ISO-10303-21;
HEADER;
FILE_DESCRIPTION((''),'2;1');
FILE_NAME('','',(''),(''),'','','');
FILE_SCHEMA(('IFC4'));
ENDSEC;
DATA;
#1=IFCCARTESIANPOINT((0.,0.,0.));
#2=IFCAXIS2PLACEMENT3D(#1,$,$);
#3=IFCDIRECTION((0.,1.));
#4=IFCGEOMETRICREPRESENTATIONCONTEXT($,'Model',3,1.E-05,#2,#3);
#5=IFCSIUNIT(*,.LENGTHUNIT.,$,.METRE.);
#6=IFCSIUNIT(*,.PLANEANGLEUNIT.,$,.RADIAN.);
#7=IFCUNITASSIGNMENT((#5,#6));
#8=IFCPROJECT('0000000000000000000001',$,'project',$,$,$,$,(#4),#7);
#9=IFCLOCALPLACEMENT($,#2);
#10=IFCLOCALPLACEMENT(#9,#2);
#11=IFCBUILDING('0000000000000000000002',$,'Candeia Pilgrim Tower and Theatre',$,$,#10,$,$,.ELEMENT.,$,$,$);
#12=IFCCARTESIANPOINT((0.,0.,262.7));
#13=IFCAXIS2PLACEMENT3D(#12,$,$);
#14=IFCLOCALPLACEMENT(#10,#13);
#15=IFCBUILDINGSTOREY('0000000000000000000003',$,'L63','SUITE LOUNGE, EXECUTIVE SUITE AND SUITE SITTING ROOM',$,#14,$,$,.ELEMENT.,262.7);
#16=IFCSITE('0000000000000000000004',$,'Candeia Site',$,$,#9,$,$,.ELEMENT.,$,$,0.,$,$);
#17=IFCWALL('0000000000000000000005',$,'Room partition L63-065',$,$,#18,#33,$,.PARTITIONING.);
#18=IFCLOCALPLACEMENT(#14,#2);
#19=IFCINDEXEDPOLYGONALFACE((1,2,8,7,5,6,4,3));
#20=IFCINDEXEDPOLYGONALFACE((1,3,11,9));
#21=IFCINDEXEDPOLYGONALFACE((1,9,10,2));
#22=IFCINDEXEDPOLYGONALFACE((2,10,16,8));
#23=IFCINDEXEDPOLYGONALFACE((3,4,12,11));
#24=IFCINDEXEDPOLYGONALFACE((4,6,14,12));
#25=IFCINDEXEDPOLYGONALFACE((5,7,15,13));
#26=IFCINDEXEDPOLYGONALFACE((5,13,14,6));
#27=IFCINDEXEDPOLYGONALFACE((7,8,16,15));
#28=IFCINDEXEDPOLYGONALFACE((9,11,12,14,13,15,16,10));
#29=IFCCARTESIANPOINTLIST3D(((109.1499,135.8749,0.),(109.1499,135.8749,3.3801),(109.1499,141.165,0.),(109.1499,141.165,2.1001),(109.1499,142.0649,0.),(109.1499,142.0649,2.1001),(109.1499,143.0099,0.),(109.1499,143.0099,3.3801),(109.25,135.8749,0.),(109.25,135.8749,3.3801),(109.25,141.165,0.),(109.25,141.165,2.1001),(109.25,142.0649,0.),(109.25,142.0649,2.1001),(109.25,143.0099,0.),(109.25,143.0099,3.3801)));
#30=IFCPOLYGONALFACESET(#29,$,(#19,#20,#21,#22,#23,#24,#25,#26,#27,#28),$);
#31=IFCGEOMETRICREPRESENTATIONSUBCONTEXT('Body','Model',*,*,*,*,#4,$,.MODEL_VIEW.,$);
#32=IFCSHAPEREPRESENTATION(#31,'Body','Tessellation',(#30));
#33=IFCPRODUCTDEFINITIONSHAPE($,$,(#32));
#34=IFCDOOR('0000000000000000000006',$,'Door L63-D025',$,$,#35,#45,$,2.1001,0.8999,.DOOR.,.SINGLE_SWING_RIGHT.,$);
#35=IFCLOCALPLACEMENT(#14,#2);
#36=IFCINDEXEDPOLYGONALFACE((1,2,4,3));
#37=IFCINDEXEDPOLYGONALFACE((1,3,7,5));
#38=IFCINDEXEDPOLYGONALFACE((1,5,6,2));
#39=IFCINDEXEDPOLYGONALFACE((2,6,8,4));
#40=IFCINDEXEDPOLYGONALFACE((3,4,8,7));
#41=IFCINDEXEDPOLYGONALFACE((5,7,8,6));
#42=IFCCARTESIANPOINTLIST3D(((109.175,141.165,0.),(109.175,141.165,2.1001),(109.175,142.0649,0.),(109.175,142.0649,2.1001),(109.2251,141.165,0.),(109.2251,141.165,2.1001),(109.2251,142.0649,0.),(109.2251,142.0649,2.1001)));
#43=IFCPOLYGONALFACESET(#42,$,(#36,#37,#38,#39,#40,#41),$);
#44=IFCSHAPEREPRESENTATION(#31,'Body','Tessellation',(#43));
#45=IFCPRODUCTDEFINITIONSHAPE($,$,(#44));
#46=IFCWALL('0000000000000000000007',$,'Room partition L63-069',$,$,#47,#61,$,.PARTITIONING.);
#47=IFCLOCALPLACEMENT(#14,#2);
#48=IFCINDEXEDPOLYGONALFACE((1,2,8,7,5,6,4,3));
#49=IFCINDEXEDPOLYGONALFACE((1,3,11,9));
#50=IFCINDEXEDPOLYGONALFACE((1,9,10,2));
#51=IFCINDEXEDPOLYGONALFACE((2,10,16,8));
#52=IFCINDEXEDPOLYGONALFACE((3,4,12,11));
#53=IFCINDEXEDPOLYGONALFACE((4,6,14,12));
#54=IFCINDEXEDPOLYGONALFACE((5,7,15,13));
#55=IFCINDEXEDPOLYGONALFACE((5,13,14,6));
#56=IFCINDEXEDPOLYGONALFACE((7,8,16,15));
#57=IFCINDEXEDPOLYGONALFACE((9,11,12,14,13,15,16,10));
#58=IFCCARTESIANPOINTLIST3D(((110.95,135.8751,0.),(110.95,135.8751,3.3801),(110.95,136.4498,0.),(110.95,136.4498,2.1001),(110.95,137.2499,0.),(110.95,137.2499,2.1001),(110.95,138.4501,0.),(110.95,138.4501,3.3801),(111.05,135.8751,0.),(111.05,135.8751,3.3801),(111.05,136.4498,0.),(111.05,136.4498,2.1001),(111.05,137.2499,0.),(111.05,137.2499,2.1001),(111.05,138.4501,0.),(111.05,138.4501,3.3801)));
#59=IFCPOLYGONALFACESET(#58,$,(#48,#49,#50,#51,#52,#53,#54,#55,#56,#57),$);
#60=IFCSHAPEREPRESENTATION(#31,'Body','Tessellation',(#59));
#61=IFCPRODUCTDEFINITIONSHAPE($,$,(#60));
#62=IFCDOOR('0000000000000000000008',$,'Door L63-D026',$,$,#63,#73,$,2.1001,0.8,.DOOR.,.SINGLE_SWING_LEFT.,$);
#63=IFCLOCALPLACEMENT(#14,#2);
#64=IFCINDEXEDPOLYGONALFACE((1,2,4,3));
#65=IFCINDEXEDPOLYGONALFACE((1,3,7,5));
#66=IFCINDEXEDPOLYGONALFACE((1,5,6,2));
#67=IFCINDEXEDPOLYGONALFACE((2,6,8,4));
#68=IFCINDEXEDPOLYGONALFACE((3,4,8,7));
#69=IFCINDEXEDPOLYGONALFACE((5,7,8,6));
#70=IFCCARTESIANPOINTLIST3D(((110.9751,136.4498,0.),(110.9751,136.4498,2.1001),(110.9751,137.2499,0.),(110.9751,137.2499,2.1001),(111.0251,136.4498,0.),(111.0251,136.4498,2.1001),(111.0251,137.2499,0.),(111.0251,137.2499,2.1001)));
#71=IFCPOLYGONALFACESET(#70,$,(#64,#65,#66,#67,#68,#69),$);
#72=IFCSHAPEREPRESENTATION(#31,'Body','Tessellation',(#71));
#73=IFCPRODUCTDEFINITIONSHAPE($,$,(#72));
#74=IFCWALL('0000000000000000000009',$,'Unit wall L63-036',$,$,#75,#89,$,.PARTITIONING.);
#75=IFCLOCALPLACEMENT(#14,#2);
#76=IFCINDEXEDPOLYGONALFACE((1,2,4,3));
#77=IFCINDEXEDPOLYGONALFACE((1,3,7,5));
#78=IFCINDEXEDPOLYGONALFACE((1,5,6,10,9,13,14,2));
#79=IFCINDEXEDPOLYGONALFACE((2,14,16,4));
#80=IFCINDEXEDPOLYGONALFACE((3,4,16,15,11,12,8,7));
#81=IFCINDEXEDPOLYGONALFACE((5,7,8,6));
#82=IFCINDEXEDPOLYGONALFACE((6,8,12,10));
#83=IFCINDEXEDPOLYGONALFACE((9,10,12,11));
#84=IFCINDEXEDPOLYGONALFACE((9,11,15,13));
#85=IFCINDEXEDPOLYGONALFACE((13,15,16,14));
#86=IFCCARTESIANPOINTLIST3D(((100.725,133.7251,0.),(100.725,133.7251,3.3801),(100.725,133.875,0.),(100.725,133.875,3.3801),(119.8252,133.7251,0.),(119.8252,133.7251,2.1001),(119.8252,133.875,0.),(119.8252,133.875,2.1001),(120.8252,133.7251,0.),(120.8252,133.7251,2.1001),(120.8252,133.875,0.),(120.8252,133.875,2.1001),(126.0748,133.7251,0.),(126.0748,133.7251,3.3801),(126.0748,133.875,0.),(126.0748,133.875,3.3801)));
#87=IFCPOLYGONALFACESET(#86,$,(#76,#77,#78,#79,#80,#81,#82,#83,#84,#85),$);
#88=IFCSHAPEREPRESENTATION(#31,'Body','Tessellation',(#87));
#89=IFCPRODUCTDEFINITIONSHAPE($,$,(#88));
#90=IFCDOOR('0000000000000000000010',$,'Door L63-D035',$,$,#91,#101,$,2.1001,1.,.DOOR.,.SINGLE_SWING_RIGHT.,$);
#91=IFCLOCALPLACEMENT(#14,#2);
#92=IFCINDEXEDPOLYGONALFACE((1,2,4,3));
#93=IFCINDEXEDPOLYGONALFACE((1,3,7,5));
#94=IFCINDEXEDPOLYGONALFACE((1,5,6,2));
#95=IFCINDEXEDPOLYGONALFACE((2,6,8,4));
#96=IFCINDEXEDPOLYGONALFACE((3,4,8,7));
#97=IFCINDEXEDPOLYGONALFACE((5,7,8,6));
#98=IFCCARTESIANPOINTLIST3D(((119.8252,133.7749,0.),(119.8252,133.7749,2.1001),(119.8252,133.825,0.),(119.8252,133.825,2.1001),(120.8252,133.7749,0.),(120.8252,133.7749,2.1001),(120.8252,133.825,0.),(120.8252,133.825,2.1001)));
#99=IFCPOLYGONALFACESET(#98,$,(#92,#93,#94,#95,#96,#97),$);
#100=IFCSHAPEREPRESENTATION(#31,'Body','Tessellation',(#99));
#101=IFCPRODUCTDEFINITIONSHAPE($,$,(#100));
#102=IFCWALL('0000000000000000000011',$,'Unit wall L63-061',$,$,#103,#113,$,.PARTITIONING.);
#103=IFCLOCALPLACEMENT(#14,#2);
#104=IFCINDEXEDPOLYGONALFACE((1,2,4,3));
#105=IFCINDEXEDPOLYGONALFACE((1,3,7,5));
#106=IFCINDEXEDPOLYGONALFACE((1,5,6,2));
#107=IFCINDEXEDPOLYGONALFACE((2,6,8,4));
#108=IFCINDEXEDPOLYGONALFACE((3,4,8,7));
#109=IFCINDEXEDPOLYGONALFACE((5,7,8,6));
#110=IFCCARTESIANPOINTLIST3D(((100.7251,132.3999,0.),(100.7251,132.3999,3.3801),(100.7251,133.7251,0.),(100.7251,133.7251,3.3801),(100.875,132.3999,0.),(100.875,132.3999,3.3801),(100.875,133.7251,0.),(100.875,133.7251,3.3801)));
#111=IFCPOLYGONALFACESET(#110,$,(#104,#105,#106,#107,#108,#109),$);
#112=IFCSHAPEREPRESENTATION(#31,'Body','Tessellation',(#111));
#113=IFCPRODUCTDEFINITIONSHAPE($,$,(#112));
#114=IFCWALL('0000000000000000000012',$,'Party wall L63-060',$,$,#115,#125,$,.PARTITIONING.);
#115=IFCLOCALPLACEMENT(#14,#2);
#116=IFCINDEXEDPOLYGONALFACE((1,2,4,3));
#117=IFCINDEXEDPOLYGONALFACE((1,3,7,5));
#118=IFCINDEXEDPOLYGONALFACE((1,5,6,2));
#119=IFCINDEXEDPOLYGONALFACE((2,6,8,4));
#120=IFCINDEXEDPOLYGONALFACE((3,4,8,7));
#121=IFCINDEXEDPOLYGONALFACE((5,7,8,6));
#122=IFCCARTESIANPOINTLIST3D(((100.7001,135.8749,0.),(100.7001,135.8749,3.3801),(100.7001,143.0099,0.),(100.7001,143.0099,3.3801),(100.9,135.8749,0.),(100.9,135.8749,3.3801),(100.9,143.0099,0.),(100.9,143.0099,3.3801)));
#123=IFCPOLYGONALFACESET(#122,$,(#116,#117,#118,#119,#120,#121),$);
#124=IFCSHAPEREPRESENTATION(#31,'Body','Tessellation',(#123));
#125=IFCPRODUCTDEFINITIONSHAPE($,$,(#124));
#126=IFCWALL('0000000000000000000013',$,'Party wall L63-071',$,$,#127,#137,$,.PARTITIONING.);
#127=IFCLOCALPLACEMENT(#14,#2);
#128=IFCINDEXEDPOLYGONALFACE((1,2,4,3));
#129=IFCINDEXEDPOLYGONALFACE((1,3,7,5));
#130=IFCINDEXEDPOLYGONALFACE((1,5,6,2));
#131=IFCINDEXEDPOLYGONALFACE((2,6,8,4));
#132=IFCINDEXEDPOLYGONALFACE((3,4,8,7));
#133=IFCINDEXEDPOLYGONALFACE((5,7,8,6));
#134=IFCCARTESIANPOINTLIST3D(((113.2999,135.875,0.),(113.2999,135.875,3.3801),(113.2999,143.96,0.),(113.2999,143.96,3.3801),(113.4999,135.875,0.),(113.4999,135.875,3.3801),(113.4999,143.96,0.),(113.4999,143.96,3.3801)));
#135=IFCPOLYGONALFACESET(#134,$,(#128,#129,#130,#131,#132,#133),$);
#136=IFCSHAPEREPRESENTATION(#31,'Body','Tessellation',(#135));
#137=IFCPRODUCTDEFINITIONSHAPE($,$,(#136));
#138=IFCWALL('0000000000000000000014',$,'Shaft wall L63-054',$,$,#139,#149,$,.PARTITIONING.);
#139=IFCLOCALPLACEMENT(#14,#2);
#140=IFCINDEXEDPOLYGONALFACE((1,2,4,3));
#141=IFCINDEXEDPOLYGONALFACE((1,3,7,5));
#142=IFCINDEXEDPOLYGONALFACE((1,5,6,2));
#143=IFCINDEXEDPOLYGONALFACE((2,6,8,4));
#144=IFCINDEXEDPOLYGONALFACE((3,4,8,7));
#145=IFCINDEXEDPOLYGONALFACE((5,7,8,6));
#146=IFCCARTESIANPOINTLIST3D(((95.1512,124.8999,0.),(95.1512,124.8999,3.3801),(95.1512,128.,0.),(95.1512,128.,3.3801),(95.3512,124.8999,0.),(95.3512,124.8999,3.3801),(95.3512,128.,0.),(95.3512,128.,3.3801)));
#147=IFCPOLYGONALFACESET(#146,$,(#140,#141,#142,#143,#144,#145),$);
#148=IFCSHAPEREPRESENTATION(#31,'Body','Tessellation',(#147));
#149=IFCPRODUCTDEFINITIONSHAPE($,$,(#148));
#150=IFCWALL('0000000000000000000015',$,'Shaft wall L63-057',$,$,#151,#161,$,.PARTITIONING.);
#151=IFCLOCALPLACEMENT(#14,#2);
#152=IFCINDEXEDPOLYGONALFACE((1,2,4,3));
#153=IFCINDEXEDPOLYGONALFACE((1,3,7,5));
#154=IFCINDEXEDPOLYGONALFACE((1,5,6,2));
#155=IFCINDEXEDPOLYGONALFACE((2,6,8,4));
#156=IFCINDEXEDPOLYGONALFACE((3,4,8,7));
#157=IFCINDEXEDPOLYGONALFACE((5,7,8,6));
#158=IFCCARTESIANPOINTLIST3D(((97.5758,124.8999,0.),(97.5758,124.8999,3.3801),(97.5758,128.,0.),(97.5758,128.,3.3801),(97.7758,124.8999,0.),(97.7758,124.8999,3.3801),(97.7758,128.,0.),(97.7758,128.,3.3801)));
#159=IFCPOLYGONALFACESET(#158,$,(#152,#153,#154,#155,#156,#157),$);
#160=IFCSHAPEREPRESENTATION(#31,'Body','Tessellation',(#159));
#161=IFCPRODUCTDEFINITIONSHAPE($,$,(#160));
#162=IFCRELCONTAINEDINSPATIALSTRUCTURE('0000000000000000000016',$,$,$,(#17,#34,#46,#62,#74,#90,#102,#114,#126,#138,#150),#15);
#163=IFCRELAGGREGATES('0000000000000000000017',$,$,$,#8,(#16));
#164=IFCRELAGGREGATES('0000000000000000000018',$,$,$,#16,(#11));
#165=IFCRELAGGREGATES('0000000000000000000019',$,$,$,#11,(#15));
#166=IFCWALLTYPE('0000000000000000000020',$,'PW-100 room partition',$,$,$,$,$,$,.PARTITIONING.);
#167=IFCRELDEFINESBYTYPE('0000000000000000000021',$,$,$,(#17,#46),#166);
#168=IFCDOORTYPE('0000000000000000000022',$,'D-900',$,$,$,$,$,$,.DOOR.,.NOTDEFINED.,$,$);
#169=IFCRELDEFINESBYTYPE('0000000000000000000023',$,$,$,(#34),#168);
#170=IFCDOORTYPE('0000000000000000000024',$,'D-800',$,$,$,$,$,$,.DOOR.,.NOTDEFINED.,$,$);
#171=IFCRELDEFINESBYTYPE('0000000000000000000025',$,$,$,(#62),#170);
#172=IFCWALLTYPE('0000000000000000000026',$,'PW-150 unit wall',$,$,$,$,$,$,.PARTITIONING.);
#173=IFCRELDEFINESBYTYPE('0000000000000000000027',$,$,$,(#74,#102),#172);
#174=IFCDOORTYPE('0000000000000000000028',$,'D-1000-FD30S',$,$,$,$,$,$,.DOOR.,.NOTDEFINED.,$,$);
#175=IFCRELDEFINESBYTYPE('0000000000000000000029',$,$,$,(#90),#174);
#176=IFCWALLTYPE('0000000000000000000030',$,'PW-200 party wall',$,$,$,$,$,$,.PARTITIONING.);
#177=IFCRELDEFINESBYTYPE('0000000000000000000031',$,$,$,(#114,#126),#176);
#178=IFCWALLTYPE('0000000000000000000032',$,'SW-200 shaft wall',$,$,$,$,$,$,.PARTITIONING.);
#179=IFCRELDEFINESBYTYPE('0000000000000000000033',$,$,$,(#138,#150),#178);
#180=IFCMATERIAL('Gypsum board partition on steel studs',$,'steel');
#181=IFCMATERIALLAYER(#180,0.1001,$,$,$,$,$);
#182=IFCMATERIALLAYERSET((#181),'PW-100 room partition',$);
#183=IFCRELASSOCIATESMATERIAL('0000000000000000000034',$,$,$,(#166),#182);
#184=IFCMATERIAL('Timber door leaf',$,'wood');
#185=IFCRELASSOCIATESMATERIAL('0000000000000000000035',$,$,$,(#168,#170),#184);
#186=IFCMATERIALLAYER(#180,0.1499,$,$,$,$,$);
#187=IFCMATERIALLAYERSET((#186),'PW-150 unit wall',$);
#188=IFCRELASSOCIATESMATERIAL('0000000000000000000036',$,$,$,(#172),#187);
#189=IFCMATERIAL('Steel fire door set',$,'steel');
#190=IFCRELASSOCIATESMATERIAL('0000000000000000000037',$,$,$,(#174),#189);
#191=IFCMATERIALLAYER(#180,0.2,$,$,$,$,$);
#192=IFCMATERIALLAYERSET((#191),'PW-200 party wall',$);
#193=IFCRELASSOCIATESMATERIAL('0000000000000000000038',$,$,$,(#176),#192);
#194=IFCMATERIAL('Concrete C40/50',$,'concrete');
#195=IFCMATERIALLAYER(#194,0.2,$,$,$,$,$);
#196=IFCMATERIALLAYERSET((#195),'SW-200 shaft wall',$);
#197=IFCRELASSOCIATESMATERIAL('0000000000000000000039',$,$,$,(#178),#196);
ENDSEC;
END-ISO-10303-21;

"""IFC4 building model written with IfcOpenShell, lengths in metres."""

from ifc_helpers import new_model, si_unit, direction, frame, frame_2d, origin, place, context, subcontext, project, spatial, rectangle, extrude, material, layer, layer_set, type_object, element, fill, save


model = new_model("IFC4")

# Units and contexts
model_context = context("Model", 3, precision=1e-05, world=origin(), true_north=direction((0.0, 1.0)))
body_context = subcontext(model_context, "Body", "Model", "MODEL_VIEW")
ifc_project = project(units=[si_unit("LENGTHUNIT", "METRE"), si_unit("PLANEANGLEUNIT", "RADIAN")], contexts=[model_context])

# Site, building, storey
site_placement = place(None, origin())
site = spatial("IfcSite", under=ifc_project, at=site_placement, Name="Candeia Site", CompositionType="ELEMENT", RefElevation=0.0)
building_placement = place(site_placement, origin())
building = spatial("IfcBuilding", under=site, at=building_placement, Name="Candeia Pilgrim Tower and Theatre", CompositionType="ELEMENT")
storey_placement = place(building_placement, frame((0.0, 0.0, 262.7)))
storey = spatial("IfcBuildingStorey", under=building, at=storey_placement, Name="L63", Description="SUITE LOUNGE, EXECUTIVE SUITE AND SUITE SITTING ROOM", CompositionType="ELEMENT", Elevation=262.7)

# Shared definitions
ifc_material_1 = material(Name="Concrete C40/50", Category="concrete")

# Shared definitions
ifc_material_2 = material(Name="Steel fire door set", Category="steel")

# Shared definitions
ifc_material_3 = material(Name="Gypsum board partition on steel studs", Category="steel")
ifc_layer_1 = layer(ifc_material_3, 0.1001)
ifc_layer_set_1 = layer_set([ifc_layer_1], Name="PW-100 room partition")
wall_type_1 = type_object("IfcWallType", Name="PW-100 room partition", PredefinedType="PARTITIONING", material=ifc_layer_set_1)

# Walls, openings, doors
ifc_material_4 = material(Name="Timber door leaf", Category="wood")
door_type_1 = type_object("IfcDoorType", Name="D-900", OperationType="NOTDEFINED", PredefinedType="DOOR", material=ifc_material_4)
wall_1_placement = place(storey_placement, frame((109.2, 135.875, 0.0), z_axis=(0.0, 0.0, 1.0), x_axis=(0.0, 1.0, 0.0)))
wall_1 = element("IfcWall", 1, at=wall_1_placement, inside=storey, type_object=wall_type_1, Name="Room partition L63-065", PredefinedType="PARTITIONING", context=body_context, shape_type="SweptSolid", body=[
    extrude(rectangle(XDim=7.135, YDim=0.1001, at=frame_2d((3.5674, 0.0))), origin(), (0.0, 0.0, 1.0), 3.3801),
])
opening_1_placement = place(wall_1_placement, frame((5.29, 0.0, 0.0)))
opening_1 = element("IfcOpeningElement", 2, at=opening_1_placement, cuts=wall_1, PredefinedType="OPENING", context=body_context, shape_type="SweptSolid", body=[
    extrude(rectangle(XDim=0.8999, YDim=2.1001, at=frame_2d((0.45, 1.05))), frame((0.0, 0.0601, 0.0), z_axis=(0.0, -1.0, 0.0), x_axis=(1.0, 0.0, 0.0)), (0.0, 0.0, 1.0), 0.1201),
])
door_1_placement = place(opening_1_placement, origin())
door_1 = element("IfcDoor", 3, at=door_1_placement, inside=storey, type_object=door_type_1, Name="Door L63-D025", OperationType="SINGLE_SWING_RIGHT", OverallHeight=2.1001, OverallWidth=0.8999, PredefinedType="DOOR", context=body_context, shape_type="SweptSolid", body=[
    extrude(rectangle(XDim=0.8999, YDim=2.1001, at=frame_2d((0.45, 1.05))), frame((0.0, 0.0249, 0.0), z_axis=(0.0, -1.0, 0.0), x_axis=(1.0, 0.0, 0.0)), (0.0, 0.0, 1.0), 0.05),
])
fill(opening_1, door_1)
wall_2_placement = place(storey_placement, frame((111.0, 135.875, 0.0), z_axis=(0.0, 0.0, 1.0), x_axis=(0.0, 1.0, 0.0)))
wall_2 = element("IfcWall", 4, at=wall_2_placement, inside=storey, type_object=wall_type_1, Name="Room partition L63-069", PredefinedType="PARTITIONING", context=body_context, shape_type="SweptSolid", body=[
    extrude(rectangle(XDim=2.575, YDim=0.1001, at=frame_2d((1.2876, 0.0))), origin(), (0.0, 0.0, 1.0), 3.3801),
])
opening_2_placement = place(wall_2_placement, frame((0.575, 0.0, 0.0)))
opening_2 = element("IfcOpeningElement", 5, at=opening_2_placement, cuts=wall_2, PredefinedType="OPENING", context=body_context, shape_type="SweptSolid", body=[
    extrude(rectangle(XDim=0.8, YDim=2.1001, at=frame_2d((0.3999, 1.05))), frame((0.0, 0.0601, 0.0), z_axis=(0.0, -1.0, 0.0), x_axis=(1.0, 0.0, 0.0)), (0.0, 0.0, 1.0), 0.1201),
])
door_type_2 = type_object("IfcDoorType", Name="D-800", OperationType="NOTDEFINED", PredefinedType="DOOR", material=ifc_material_4)
door_2_placement = place(opening_2_placement, origin())
door_2 = element("IfcDoor", 6, at=door_2_placement, inside=storey, type_object=door_type_2, Name="Door L63-D026", OperationType="SINGLE_SWING_LEFT", OverallHeight=2.1001, OverallWidth=0.8, PredefinedType="DOOR", context=body_context, shape_type="SweptSolid", body=[
    extrude(rectangle(XDim=0.8, YDim=2.1001, at=frame_2d((0.3999, 1.05))), frame((0.0, 0.0249, 0.0), z_axis=(0.0, -1.0, 0.0), x_axis=(1.0, 0.0, 0.0)), (0.0, 0.0, 1.0), 0.05),
])
fill(opening_2, door_2)
ifc_layer_2 = layer(ifc_material_3, 0.1499)
ifc_layer_set_2 = layer_set([ifc_layer_2], Name="PW-150 unit wall")
wall_type_2 = type_object("IfcWallType", Name="PW-150 unit wall", PredefinedType="PARTITIONING", material=ifc_layer_set_2)
wall_3_placement = place(storey_placement, frame((100.7251, 133.8, 0.0), z_axis=(0.0, 0.0, 1.0), x_axis=(1.0, 0.0, 0.0)))
wall_3 = element("IfcWall", 7, at=wall_3_placement, inside=storey, type_object=wall_type_2, Name="Unit wall L63-036", PredefinedType="PARTITIONING", context=body_context, shape_type="SweptSolid", body=[
    extrude(rectangle(XDim=25.3499, YDim=0.1499, at=frame_2d((12.6748, 0.0))), origin(), (0.0, 0.0, 1.0), 3.3801),
])
opening_3_placement = place(wall_3_placement, frame((19.1001, 0.0, 0.0)))
opening_3 = element("IfcOpeningElement", 8, at=opening_3_placement, cuts=wall_3, PredefinedType="OPENING", context=body_context, shape_type="SweptSolid", body=[
    extrude(rectangle(XDim=1.0, YDim=2.1001, at=frame_2d((0.5, 1.05))), frame((0.0, 0.085, 0.0), z_axis=(0.0, -1.0, 0.0), x_axis=(1.0, 0.0, 0.0)), (0.0, 0.0, 1.0), 0.1699),
])
door_type_3 = type_object("IfcDoorType", Name="D-1000-FD30S", OperationType="NOTDEFINED", PredefinedType="DOOR", material=ifc_material_2)
door_3_placement = place(opening_3_placement, origin())
door_3 = element("IfcDoor", 9, at=door_3_placement, inside=storey, type_object=door_type_3, Name="Door L63-D035", OperationType="SINGLE_SWING_RIGHT", OverallHeight=2.1001, OverallWidth=1.0, PredefinedType="DOOR", context=body_context, shape_type="SweptSolid", body=[
    extrude(rectangle(XDim=1.0, YDim=2.1001, at=frame_2d((0.5, 1.05))), frame((0.0, 0.0249, 0.0), z_axis=(0.0, -1.0, 0.0), x_axis=(1.0, 0.0, 0.0)), (0.0, 0.0, 1.0), 0.05),
])
fill(opening_3, door_3)

# Walls
wall_4_placement = place(storey_placement, frame((100.8, 132.3999, 0.0), z_axis=(0.0, 0.0, 1.0), x_axis=(0.0, 1.0, 0.0)))
element("IfcWall", 10, at=wall_4_placement, inside=storey, type_object=wall_type_2, Name="Unit wall L63-061", PredefinedType="PARTITIONING", context=body_context, shape_type="SweptSolid", body=[
    extrude(rectangle(XDim=1.3252, YDim=0.1499, at=frame_2d((0.6626, 0.0))), origin(), (0.0, 0.0, 1.0), 3.3801),
])
ifc_layer_3 = layer(ifc_material_3, 0.2)
ifc_layer_set_3 = layer_set([ifc_layer_3], Name="PW-200 party wall")
wall_type_3 = type_object("IfcWallType", Name="PW-200 party wall", PredefinedType="PARTITIONING", material=ifc_layer_set_3)
wall_5_placement = place(storey_placement, frame((100.8, 135.875, 0.0), z_axis=(0.0, 0.0, 1.0), x_axis=(0.0, 1.0, 0.0)))
element("IfcWall", 11, at=wall_5_placement, inside=storey, type_object=wall_type_3, Name="Party wall L63-060", PredefinedType="PARTITIONING", context=body_context, shape_type="SweptSolid", body=[
    extrude(rectangle(XDim=7.135, YDim=0.2, at=frame_2d((3.5674, 0.0))), origin(), (0.0, 0.0, 1.0), 3.3801),
])
wall_6_placement = place(storey_placement, frame((113.3999, 135.875, 0.0), z_axis=(0.0, 0.0, 1.0), x_axis=(0.0, 1.0, 0.0)))
element("IfcWall", 12, at=wall_6_placement, inside=storey, type_object=wall_type_3, Name="Party wall L63-071", PredefinedType="PARTITIONING", context=body_context, shape_type="SweptSolid", body=[
    extrude(rectangle(XDim=8.085, YDim=0.2, at=frame_2d((4.0425, 0.0))), origin(), (0.0, 0.0, 1.0), 3.3801),
])
ifc_layer_4 = layer(ifc_material_1, 0.2)
ifc_layer_set_4 = layer_set([ifc_layer_4], Name="SW-200 shaft wall")
wall_type_4 = type_object("IfcWallType", Name="SW-200 shaft wall", PredefinedType="PARTITIONING", material=ifc_layer_set_4)
for number, where, z_axis, x_axis, name in (
    (13, (95.2512, 124.8999, 0.0), (0.0, 0.0, 1.0), (0.0, 1.0, 0.0), "Shaft wall L63-054"),
    (14, (97.6758, 124.8999, 0.0), (0.0, 0.0, 1.0), (0.0, 1.0, 0.0), "Shaft wall L63-057"),
):
    element("IfcWall", number, at=place(storey_placement, frame(where, z_axis=z_axis, x_axis=x_axis)), inside=storey, type_object=wall_type_4, Name=name, PredefinedType="PARTITIONING", context=body_context, shape_type="SweptSolid", body=[
        extrude(rectangle(XDim=3.1001, YDim=0.2, at=frame_2d((1.55, 0.0))), origin(), (0.0, 0.0, 1.0), 3.3801),
    ])

save(model, "model.ifc")
